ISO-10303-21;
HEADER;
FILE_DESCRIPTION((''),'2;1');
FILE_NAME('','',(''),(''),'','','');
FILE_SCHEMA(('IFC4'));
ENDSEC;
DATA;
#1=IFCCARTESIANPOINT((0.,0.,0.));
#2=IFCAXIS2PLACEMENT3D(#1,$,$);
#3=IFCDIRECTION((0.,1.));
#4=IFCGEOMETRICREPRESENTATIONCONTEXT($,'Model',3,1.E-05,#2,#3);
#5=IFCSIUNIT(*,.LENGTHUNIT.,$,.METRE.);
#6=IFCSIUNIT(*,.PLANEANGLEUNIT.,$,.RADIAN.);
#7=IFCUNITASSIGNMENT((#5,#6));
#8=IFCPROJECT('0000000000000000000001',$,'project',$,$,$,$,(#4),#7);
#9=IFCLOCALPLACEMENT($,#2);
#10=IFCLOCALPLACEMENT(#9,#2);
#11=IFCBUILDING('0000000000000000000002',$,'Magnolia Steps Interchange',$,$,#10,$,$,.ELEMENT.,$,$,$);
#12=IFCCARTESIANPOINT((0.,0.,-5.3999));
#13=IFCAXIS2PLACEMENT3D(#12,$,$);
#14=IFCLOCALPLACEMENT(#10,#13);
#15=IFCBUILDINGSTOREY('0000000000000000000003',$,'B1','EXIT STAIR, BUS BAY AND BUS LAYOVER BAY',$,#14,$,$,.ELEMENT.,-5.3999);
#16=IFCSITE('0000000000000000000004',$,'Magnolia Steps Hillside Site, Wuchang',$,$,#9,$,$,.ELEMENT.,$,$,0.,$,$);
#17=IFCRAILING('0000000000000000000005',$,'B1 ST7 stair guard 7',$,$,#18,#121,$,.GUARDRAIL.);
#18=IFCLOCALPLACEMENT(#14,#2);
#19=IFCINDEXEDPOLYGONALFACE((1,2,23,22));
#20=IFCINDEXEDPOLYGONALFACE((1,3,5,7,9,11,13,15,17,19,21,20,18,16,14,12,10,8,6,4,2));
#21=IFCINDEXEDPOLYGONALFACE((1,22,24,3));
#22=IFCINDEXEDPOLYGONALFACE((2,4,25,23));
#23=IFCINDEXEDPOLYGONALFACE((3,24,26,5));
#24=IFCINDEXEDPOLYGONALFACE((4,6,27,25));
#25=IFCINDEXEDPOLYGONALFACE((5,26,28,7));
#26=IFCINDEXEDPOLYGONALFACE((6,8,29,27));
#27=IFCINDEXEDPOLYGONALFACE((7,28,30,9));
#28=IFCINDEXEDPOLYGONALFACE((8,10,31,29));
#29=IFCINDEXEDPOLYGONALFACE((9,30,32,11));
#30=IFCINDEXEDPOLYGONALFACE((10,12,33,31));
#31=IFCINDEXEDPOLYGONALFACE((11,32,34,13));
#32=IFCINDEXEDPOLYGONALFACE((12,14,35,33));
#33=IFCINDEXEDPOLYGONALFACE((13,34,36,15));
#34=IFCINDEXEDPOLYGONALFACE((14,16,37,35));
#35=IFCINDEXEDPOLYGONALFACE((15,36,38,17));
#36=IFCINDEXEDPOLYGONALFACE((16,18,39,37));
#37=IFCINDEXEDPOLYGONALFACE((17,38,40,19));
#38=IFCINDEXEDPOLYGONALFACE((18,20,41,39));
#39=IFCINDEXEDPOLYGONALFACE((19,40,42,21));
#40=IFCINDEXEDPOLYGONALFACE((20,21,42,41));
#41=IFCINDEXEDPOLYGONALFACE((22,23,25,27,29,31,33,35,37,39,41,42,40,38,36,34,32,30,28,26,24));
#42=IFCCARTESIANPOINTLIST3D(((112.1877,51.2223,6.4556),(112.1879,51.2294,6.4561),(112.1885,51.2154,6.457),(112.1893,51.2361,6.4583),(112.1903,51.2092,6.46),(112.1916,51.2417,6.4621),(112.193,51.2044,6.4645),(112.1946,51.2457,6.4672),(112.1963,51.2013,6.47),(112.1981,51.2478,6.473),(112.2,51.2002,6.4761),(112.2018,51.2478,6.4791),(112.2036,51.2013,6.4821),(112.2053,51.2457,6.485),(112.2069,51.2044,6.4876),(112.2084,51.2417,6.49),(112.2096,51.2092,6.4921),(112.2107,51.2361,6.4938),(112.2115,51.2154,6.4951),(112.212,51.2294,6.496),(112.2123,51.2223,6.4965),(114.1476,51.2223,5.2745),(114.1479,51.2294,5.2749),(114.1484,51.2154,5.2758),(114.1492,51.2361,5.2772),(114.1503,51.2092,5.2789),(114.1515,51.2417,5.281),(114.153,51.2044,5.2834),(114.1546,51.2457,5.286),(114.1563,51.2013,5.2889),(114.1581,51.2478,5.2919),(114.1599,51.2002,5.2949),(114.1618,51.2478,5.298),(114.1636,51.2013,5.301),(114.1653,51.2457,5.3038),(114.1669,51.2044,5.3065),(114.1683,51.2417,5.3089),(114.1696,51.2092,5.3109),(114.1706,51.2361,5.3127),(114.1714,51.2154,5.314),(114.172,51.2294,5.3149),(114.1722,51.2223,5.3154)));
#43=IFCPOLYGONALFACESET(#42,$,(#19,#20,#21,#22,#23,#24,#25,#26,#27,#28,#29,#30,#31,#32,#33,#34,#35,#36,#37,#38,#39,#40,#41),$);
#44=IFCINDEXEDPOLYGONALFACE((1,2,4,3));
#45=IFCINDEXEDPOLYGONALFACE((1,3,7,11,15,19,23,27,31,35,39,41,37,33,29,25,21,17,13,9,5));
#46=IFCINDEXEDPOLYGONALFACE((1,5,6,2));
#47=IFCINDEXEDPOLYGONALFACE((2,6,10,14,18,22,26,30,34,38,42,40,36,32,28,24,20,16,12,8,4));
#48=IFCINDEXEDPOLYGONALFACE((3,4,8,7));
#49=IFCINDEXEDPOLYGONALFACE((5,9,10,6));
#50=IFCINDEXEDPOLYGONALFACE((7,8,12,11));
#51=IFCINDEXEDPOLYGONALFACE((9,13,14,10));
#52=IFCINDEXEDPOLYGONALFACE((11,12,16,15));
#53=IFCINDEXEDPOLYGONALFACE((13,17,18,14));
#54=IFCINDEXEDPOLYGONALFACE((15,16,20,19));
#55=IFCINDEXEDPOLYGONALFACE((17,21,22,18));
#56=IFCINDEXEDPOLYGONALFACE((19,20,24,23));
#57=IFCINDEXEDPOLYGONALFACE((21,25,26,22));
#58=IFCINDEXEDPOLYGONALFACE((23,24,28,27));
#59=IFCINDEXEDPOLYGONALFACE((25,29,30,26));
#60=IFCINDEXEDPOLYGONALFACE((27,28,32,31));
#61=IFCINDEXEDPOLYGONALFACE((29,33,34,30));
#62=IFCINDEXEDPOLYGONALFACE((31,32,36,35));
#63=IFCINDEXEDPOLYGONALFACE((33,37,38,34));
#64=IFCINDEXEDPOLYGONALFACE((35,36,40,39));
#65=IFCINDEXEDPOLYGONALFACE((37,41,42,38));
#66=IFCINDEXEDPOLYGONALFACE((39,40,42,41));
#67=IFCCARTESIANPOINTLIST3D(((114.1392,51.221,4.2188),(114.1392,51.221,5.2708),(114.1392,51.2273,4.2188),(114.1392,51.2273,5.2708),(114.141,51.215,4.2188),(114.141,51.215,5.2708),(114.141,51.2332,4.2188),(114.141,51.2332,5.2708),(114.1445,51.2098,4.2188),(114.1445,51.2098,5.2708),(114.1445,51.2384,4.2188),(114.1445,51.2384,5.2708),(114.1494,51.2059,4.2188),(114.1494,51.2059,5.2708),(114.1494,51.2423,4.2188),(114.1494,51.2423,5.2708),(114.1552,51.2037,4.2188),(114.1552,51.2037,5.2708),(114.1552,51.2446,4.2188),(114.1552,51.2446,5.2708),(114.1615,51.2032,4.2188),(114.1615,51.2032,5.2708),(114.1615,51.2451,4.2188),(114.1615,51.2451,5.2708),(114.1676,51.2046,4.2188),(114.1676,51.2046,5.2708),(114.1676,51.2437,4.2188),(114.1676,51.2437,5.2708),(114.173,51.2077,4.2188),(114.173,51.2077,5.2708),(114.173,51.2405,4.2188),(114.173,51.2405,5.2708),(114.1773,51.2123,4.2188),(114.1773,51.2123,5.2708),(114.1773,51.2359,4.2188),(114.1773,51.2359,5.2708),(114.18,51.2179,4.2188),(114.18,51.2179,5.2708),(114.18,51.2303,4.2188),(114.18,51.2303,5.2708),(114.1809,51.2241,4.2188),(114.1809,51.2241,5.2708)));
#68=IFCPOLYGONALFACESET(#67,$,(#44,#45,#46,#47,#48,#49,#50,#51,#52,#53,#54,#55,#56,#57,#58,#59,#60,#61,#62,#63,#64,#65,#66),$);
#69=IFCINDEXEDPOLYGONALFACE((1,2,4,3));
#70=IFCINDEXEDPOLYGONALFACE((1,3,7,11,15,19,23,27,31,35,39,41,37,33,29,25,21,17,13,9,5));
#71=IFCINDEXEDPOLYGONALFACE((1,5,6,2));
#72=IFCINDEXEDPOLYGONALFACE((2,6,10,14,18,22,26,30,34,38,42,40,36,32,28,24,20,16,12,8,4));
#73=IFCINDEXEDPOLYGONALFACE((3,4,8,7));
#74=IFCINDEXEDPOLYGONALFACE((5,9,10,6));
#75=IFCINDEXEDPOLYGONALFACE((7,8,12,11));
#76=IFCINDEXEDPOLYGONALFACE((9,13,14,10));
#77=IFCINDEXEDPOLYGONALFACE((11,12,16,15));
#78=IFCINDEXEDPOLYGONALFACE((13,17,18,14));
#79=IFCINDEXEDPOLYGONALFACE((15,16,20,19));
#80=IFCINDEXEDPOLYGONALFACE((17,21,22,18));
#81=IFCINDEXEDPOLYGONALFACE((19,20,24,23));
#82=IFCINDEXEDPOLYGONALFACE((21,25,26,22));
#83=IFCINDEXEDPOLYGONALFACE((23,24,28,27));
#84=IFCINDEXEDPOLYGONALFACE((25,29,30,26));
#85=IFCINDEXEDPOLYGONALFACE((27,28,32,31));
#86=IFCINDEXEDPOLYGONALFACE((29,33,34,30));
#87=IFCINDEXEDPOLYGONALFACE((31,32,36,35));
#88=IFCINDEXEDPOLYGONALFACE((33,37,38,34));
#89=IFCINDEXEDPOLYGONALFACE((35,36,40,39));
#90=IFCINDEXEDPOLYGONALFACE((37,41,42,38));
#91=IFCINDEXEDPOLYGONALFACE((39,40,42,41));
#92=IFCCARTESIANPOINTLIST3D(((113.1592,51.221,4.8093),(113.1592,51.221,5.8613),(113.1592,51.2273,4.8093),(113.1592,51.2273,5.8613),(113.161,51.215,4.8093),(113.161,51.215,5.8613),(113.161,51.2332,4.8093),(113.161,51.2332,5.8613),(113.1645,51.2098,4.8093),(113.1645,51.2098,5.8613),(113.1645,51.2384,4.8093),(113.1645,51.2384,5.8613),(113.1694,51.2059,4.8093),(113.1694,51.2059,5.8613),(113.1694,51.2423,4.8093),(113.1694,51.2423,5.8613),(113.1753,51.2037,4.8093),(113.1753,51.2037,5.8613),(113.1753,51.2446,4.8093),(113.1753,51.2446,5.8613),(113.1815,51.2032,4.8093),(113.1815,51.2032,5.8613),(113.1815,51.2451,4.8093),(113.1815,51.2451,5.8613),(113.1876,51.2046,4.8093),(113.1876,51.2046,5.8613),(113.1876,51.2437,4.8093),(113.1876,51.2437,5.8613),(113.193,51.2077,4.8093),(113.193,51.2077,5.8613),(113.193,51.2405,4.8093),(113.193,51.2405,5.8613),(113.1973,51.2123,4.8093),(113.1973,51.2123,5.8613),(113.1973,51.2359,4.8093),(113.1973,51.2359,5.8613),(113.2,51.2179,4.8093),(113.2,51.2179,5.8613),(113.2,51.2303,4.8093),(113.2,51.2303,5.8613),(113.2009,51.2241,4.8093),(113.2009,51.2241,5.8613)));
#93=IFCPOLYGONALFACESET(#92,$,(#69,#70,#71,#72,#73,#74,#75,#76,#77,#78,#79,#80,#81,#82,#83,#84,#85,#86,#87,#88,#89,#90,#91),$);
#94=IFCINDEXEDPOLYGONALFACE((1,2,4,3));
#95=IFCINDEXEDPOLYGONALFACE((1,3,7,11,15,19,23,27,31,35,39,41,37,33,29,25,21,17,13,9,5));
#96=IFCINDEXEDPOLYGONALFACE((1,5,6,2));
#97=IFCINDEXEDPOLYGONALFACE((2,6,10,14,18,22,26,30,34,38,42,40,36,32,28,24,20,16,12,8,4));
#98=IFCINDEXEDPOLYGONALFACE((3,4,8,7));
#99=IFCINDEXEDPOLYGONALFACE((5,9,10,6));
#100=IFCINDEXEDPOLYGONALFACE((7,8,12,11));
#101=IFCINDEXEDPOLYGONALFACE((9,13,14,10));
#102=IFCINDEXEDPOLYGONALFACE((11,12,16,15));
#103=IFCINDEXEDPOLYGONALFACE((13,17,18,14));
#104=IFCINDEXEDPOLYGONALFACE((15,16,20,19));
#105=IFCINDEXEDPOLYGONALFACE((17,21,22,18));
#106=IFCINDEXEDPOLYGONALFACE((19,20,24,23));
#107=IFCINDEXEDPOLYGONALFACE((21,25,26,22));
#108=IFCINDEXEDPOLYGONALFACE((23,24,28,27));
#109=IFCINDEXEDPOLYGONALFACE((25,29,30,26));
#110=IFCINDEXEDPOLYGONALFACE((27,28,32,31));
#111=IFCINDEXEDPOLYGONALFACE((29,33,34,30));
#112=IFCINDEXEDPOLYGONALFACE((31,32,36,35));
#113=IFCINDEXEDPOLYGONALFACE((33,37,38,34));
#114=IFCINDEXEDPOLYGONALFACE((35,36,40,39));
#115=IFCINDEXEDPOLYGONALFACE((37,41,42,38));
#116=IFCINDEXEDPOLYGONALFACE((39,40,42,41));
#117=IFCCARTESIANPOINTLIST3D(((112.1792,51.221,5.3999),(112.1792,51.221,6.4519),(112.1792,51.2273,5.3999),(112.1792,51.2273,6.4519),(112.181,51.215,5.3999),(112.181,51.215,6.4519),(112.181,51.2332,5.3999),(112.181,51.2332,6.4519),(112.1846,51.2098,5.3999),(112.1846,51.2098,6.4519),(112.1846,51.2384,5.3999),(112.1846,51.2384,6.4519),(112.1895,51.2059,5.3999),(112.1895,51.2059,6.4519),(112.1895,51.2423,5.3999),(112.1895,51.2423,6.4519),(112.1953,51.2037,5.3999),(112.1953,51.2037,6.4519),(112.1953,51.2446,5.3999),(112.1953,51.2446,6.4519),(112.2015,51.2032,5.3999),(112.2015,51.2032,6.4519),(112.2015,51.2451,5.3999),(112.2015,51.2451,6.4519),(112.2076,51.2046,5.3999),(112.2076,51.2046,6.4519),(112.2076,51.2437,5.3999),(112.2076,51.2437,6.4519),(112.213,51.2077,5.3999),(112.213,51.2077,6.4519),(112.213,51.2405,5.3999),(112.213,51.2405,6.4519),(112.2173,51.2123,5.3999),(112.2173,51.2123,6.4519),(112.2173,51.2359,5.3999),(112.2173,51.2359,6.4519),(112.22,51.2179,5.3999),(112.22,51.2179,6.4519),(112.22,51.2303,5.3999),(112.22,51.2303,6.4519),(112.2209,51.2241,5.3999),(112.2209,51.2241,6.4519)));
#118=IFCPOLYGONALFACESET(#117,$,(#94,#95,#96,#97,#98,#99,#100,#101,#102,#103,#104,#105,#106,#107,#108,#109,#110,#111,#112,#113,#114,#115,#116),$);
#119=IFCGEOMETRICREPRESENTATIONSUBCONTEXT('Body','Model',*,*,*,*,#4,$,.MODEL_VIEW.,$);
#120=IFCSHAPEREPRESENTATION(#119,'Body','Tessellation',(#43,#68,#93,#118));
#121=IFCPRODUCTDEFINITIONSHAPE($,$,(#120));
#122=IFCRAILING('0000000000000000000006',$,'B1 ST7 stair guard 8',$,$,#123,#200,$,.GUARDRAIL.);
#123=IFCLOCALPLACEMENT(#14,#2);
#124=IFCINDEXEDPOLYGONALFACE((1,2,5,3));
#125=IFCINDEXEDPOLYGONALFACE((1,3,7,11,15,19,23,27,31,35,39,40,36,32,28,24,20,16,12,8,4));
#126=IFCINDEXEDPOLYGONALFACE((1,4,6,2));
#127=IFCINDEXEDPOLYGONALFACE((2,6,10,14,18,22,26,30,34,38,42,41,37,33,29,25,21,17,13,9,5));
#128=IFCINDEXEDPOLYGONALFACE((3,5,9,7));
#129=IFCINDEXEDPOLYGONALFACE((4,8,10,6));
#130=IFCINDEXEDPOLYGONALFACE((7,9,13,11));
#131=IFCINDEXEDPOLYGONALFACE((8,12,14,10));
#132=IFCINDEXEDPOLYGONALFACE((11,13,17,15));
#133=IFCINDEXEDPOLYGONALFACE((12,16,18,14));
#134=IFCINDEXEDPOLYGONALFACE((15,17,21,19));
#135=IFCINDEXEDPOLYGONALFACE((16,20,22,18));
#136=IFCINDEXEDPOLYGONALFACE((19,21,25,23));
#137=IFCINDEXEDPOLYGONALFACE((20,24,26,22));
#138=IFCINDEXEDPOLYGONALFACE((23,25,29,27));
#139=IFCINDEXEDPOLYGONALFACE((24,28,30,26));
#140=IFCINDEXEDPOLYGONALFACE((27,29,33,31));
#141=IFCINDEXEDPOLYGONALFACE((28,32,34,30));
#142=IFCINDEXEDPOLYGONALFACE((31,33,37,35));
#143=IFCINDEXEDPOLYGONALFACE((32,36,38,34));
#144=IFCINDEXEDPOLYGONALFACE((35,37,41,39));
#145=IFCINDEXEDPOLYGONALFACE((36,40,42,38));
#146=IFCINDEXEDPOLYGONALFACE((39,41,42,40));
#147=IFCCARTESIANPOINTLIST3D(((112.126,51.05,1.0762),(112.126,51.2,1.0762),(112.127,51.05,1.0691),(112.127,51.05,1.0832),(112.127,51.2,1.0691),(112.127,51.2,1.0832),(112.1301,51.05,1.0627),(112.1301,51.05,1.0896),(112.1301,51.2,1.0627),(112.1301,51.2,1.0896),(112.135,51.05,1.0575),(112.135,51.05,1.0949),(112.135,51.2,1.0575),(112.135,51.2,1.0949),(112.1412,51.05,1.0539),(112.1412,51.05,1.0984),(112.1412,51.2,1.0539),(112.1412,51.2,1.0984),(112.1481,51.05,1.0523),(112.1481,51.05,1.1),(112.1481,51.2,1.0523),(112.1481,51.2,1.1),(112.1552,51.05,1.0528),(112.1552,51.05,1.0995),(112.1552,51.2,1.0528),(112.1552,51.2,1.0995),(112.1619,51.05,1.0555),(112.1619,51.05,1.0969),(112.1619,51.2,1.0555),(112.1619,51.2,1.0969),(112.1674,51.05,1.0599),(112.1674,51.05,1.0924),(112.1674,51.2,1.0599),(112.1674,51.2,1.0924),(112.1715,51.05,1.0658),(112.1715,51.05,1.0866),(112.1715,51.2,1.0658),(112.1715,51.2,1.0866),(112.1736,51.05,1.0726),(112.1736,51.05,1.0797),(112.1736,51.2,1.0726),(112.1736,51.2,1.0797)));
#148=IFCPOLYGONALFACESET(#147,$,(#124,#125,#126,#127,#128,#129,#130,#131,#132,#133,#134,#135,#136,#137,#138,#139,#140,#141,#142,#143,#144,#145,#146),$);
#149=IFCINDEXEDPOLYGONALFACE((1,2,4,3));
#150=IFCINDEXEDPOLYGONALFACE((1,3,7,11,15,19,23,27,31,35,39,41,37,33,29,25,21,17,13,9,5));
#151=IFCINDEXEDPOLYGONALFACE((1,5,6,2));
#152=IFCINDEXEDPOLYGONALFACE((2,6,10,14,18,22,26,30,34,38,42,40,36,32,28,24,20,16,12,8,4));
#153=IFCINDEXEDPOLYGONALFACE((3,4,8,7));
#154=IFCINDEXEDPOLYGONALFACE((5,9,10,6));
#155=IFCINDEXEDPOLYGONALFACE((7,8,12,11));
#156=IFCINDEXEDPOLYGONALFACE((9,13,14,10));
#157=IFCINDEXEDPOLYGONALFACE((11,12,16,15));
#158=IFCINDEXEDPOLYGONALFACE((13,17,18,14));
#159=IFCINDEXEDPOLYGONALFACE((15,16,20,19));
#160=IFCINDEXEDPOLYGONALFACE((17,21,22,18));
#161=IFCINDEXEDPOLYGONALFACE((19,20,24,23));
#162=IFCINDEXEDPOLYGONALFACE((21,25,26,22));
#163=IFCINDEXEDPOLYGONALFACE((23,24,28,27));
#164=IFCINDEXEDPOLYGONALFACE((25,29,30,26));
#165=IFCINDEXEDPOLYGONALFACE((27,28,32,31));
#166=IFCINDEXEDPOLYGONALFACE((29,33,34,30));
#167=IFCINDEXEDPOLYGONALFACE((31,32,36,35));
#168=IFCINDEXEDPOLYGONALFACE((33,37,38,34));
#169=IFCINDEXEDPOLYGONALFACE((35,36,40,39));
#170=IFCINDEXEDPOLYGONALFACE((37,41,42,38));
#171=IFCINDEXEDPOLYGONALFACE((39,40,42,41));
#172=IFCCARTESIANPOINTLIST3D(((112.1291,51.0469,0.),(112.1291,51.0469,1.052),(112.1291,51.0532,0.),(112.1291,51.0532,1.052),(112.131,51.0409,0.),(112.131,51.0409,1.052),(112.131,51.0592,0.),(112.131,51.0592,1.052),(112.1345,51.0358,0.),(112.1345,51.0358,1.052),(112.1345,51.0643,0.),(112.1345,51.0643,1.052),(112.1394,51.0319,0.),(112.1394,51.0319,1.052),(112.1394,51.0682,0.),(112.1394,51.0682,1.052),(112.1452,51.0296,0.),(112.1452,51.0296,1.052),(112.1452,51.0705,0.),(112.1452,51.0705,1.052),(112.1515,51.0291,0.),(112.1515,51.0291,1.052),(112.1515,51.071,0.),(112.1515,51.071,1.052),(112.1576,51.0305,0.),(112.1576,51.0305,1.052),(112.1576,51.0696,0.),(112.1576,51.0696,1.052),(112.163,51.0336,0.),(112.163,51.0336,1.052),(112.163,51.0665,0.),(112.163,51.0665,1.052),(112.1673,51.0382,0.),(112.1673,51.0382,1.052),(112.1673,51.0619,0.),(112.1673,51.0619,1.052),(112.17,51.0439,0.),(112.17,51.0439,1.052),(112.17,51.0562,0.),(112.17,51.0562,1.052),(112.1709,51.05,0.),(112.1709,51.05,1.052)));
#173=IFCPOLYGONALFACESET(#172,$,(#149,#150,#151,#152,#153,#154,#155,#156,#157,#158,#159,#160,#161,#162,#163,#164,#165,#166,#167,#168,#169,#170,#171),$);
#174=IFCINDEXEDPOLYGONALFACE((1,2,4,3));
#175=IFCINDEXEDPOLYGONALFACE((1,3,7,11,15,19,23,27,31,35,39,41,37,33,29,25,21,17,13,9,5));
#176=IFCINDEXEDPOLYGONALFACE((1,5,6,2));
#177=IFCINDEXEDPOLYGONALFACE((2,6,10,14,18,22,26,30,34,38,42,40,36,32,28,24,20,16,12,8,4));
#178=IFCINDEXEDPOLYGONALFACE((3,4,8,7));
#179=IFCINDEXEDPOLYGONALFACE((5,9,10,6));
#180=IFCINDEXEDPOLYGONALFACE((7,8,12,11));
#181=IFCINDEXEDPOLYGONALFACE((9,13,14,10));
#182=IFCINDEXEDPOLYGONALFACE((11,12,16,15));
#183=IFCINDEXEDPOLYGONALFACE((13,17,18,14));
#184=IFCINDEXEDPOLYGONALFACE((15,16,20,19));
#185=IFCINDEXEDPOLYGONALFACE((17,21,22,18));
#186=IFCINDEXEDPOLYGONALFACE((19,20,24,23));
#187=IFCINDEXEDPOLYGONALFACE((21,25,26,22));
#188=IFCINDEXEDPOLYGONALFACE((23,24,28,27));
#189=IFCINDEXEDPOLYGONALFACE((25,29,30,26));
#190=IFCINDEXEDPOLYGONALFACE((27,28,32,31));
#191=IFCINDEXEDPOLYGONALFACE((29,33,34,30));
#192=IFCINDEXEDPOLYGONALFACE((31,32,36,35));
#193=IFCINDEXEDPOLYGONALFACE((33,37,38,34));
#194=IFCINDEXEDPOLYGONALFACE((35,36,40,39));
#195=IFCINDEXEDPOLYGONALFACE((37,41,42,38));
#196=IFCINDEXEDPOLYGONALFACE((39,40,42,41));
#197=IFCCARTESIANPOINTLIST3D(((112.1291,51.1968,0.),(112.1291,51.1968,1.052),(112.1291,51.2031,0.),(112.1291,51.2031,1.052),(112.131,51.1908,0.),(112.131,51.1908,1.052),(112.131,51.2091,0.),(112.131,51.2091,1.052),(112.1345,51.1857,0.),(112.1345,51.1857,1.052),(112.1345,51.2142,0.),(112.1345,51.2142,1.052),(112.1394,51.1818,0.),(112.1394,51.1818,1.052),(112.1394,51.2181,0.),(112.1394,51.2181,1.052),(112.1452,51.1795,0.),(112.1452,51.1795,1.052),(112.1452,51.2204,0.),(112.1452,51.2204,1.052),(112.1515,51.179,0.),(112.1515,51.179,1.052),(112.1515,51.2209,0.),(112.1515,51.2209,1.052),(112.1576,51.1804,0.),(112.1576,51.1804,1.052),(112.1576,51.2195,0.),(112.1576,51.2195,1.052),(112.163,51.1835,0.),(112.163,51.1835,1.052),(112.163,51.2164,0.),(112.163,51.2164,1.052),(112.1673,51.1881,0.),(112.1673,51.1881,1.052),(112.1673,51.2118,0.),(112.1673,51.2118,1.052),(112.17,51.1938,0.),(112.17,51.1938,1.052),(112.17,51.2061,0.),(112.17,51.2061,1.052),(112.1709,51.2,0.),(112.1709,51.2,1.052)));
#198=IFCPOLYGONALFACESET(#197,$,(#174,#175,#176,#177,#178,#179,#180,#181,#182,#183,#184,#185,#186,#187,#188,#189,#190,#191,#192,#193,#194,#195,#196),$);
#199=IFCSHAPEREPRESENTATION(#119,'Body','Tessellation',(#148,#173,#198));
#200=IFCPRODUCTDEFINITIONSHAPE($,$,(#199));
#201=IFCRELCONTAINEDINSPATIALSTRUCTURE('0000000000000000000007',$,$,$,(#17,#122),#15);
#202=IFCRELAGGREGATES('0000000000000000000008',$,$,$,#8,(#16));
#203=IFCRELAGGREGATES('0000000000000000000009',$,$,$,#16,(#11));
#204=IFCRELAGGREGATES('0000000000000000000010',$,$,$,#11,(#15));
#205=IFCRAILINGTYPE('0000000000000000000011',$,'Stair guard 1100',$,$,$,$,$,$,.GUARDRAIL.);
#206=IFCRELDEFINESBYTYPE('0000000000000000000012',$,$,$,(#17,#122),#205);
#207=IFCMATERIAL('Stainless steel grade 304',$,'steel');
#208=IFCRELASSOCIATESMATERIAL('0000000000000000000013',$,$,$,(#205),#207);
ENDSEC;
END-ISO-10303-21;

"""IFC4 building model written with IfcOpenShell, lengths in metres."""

from ifc_helpers import new_model, si_unit, direction, frame, origin, origin_2d, place, context, subcontext, project, spatial, circle, extrude, material, type_object, element, save


model = new_model("IFC4")

# Units and contexts
model_context = context("Model", 3, precision=1e-05, world=origin(), true_north=direction((0.0, 1.0)))
body_context = subcontext(model_context, "Body", "Model", "MODEL_VIEW")
ifc_project = project(units=[si_unit("LENGTHUNIT", "METRE"), si_unit("PLANEANGLEUNIT", "RADIAN")], contexts=[model_context])

# Site, building, storey
site_placement = place(None, origin())
site = spatial("IfcSite", under=ifc_project, at=site_placement, Name="Magnolia Steps Hillside Site, Wuchang", CompositionType="ELEMENT", RefElevation=0.0)
building_placement = place(site_placement, origin())
building = spatial("IfcBuilding", under=site, at=building_placement, Name="Magnolia Steps Interchange", CompositionType="ELEMENT")
storey_placement = place(building_placement, frame((0.0, 0.0, -5.3999)))
storey = spatial("IfcBuildingStorey", under=building, at=storey_placement, Name="B1", Description="EXIT STAIR, BUS BAY AND BUS LAYOVER BAY", CompositionType="ELEMENT", Elevation=-5.3999)

# Railings
ifc_material_1 = material(Name="Stainless steel grade 304", Category="steel")
railing_type = type_object("IfcRailingType", Name="Stair guard 1100", PredefinedType="GUARDRAIL", material=ifc_material_1)
railing_1_placement = place(storey_placement, frame((114.1599, 51.2241, 4.2188)))
element("IfcRailing", 1, at=railing_1_placement, inside=storey, type_object=railing_type, Name="B1 ST7 stair guard 7", PredefinedType="GUARDRAIL", context=body_context, shape_type="SweptSolid", body=[
    extrude(circle(Radius=0.0239, at=origin_2d()), frame((0.0, 0.0, 1.0762), z_axis=(-0.856493, 0.0, 0.516158), x_axis=(0.0, -1.0, 0.0)), (0.0, 0.0, 1.0), 2.2883),
    extrude(circle(Radius=0.021, at=origin_2d()), origin(), (0.0, 0.0, 1.0), 1.052),
    extrude(circle(Radius=0.021, at=origin_2d()), frame((-0.98, 0.0, 0.5906)), (0.0, 0.0, 1.0), 1.052),
    extrude(circle(Radius=0.021, at=origin_2d()), frame((-1.96, 0.0, 1.1812)), (0.0, 0.0, 1.0), 1.052),
])
railing_2_placement = place(storey_placement, frame((112.1499, 51.05, 0.0)))
element("IfcRailing", 2, at=railing_2_placement, inside=storey, type_object=railing_type, Name="B1 ST7 stair guard 8", PredefinedType="GUARDRAIL", context=body_context, shape_type="SweptSolid", body=[
    extrude(circle(Radius=0.0239, at=origin_2d()), frame((0.0, 0.0, 1.0762), z_axis=(0.0, 1.0, 0.0), x_axis=(-1.0, 0.0, 0.0)), (0.0, 0.0, 1.0), 0.1499),
    extrude(circle(Radius=0.021, at=origin_2d()), origin(), (0.0, 0.0, 1.0), 1.052),
    extrude(circle(Radius=0.021, at=origin_2d()), frame((0.0, 0.1499, 0.0)), (0.0, 0.0, 1.0), 1.052),
])

save(model, "model.ifc")
